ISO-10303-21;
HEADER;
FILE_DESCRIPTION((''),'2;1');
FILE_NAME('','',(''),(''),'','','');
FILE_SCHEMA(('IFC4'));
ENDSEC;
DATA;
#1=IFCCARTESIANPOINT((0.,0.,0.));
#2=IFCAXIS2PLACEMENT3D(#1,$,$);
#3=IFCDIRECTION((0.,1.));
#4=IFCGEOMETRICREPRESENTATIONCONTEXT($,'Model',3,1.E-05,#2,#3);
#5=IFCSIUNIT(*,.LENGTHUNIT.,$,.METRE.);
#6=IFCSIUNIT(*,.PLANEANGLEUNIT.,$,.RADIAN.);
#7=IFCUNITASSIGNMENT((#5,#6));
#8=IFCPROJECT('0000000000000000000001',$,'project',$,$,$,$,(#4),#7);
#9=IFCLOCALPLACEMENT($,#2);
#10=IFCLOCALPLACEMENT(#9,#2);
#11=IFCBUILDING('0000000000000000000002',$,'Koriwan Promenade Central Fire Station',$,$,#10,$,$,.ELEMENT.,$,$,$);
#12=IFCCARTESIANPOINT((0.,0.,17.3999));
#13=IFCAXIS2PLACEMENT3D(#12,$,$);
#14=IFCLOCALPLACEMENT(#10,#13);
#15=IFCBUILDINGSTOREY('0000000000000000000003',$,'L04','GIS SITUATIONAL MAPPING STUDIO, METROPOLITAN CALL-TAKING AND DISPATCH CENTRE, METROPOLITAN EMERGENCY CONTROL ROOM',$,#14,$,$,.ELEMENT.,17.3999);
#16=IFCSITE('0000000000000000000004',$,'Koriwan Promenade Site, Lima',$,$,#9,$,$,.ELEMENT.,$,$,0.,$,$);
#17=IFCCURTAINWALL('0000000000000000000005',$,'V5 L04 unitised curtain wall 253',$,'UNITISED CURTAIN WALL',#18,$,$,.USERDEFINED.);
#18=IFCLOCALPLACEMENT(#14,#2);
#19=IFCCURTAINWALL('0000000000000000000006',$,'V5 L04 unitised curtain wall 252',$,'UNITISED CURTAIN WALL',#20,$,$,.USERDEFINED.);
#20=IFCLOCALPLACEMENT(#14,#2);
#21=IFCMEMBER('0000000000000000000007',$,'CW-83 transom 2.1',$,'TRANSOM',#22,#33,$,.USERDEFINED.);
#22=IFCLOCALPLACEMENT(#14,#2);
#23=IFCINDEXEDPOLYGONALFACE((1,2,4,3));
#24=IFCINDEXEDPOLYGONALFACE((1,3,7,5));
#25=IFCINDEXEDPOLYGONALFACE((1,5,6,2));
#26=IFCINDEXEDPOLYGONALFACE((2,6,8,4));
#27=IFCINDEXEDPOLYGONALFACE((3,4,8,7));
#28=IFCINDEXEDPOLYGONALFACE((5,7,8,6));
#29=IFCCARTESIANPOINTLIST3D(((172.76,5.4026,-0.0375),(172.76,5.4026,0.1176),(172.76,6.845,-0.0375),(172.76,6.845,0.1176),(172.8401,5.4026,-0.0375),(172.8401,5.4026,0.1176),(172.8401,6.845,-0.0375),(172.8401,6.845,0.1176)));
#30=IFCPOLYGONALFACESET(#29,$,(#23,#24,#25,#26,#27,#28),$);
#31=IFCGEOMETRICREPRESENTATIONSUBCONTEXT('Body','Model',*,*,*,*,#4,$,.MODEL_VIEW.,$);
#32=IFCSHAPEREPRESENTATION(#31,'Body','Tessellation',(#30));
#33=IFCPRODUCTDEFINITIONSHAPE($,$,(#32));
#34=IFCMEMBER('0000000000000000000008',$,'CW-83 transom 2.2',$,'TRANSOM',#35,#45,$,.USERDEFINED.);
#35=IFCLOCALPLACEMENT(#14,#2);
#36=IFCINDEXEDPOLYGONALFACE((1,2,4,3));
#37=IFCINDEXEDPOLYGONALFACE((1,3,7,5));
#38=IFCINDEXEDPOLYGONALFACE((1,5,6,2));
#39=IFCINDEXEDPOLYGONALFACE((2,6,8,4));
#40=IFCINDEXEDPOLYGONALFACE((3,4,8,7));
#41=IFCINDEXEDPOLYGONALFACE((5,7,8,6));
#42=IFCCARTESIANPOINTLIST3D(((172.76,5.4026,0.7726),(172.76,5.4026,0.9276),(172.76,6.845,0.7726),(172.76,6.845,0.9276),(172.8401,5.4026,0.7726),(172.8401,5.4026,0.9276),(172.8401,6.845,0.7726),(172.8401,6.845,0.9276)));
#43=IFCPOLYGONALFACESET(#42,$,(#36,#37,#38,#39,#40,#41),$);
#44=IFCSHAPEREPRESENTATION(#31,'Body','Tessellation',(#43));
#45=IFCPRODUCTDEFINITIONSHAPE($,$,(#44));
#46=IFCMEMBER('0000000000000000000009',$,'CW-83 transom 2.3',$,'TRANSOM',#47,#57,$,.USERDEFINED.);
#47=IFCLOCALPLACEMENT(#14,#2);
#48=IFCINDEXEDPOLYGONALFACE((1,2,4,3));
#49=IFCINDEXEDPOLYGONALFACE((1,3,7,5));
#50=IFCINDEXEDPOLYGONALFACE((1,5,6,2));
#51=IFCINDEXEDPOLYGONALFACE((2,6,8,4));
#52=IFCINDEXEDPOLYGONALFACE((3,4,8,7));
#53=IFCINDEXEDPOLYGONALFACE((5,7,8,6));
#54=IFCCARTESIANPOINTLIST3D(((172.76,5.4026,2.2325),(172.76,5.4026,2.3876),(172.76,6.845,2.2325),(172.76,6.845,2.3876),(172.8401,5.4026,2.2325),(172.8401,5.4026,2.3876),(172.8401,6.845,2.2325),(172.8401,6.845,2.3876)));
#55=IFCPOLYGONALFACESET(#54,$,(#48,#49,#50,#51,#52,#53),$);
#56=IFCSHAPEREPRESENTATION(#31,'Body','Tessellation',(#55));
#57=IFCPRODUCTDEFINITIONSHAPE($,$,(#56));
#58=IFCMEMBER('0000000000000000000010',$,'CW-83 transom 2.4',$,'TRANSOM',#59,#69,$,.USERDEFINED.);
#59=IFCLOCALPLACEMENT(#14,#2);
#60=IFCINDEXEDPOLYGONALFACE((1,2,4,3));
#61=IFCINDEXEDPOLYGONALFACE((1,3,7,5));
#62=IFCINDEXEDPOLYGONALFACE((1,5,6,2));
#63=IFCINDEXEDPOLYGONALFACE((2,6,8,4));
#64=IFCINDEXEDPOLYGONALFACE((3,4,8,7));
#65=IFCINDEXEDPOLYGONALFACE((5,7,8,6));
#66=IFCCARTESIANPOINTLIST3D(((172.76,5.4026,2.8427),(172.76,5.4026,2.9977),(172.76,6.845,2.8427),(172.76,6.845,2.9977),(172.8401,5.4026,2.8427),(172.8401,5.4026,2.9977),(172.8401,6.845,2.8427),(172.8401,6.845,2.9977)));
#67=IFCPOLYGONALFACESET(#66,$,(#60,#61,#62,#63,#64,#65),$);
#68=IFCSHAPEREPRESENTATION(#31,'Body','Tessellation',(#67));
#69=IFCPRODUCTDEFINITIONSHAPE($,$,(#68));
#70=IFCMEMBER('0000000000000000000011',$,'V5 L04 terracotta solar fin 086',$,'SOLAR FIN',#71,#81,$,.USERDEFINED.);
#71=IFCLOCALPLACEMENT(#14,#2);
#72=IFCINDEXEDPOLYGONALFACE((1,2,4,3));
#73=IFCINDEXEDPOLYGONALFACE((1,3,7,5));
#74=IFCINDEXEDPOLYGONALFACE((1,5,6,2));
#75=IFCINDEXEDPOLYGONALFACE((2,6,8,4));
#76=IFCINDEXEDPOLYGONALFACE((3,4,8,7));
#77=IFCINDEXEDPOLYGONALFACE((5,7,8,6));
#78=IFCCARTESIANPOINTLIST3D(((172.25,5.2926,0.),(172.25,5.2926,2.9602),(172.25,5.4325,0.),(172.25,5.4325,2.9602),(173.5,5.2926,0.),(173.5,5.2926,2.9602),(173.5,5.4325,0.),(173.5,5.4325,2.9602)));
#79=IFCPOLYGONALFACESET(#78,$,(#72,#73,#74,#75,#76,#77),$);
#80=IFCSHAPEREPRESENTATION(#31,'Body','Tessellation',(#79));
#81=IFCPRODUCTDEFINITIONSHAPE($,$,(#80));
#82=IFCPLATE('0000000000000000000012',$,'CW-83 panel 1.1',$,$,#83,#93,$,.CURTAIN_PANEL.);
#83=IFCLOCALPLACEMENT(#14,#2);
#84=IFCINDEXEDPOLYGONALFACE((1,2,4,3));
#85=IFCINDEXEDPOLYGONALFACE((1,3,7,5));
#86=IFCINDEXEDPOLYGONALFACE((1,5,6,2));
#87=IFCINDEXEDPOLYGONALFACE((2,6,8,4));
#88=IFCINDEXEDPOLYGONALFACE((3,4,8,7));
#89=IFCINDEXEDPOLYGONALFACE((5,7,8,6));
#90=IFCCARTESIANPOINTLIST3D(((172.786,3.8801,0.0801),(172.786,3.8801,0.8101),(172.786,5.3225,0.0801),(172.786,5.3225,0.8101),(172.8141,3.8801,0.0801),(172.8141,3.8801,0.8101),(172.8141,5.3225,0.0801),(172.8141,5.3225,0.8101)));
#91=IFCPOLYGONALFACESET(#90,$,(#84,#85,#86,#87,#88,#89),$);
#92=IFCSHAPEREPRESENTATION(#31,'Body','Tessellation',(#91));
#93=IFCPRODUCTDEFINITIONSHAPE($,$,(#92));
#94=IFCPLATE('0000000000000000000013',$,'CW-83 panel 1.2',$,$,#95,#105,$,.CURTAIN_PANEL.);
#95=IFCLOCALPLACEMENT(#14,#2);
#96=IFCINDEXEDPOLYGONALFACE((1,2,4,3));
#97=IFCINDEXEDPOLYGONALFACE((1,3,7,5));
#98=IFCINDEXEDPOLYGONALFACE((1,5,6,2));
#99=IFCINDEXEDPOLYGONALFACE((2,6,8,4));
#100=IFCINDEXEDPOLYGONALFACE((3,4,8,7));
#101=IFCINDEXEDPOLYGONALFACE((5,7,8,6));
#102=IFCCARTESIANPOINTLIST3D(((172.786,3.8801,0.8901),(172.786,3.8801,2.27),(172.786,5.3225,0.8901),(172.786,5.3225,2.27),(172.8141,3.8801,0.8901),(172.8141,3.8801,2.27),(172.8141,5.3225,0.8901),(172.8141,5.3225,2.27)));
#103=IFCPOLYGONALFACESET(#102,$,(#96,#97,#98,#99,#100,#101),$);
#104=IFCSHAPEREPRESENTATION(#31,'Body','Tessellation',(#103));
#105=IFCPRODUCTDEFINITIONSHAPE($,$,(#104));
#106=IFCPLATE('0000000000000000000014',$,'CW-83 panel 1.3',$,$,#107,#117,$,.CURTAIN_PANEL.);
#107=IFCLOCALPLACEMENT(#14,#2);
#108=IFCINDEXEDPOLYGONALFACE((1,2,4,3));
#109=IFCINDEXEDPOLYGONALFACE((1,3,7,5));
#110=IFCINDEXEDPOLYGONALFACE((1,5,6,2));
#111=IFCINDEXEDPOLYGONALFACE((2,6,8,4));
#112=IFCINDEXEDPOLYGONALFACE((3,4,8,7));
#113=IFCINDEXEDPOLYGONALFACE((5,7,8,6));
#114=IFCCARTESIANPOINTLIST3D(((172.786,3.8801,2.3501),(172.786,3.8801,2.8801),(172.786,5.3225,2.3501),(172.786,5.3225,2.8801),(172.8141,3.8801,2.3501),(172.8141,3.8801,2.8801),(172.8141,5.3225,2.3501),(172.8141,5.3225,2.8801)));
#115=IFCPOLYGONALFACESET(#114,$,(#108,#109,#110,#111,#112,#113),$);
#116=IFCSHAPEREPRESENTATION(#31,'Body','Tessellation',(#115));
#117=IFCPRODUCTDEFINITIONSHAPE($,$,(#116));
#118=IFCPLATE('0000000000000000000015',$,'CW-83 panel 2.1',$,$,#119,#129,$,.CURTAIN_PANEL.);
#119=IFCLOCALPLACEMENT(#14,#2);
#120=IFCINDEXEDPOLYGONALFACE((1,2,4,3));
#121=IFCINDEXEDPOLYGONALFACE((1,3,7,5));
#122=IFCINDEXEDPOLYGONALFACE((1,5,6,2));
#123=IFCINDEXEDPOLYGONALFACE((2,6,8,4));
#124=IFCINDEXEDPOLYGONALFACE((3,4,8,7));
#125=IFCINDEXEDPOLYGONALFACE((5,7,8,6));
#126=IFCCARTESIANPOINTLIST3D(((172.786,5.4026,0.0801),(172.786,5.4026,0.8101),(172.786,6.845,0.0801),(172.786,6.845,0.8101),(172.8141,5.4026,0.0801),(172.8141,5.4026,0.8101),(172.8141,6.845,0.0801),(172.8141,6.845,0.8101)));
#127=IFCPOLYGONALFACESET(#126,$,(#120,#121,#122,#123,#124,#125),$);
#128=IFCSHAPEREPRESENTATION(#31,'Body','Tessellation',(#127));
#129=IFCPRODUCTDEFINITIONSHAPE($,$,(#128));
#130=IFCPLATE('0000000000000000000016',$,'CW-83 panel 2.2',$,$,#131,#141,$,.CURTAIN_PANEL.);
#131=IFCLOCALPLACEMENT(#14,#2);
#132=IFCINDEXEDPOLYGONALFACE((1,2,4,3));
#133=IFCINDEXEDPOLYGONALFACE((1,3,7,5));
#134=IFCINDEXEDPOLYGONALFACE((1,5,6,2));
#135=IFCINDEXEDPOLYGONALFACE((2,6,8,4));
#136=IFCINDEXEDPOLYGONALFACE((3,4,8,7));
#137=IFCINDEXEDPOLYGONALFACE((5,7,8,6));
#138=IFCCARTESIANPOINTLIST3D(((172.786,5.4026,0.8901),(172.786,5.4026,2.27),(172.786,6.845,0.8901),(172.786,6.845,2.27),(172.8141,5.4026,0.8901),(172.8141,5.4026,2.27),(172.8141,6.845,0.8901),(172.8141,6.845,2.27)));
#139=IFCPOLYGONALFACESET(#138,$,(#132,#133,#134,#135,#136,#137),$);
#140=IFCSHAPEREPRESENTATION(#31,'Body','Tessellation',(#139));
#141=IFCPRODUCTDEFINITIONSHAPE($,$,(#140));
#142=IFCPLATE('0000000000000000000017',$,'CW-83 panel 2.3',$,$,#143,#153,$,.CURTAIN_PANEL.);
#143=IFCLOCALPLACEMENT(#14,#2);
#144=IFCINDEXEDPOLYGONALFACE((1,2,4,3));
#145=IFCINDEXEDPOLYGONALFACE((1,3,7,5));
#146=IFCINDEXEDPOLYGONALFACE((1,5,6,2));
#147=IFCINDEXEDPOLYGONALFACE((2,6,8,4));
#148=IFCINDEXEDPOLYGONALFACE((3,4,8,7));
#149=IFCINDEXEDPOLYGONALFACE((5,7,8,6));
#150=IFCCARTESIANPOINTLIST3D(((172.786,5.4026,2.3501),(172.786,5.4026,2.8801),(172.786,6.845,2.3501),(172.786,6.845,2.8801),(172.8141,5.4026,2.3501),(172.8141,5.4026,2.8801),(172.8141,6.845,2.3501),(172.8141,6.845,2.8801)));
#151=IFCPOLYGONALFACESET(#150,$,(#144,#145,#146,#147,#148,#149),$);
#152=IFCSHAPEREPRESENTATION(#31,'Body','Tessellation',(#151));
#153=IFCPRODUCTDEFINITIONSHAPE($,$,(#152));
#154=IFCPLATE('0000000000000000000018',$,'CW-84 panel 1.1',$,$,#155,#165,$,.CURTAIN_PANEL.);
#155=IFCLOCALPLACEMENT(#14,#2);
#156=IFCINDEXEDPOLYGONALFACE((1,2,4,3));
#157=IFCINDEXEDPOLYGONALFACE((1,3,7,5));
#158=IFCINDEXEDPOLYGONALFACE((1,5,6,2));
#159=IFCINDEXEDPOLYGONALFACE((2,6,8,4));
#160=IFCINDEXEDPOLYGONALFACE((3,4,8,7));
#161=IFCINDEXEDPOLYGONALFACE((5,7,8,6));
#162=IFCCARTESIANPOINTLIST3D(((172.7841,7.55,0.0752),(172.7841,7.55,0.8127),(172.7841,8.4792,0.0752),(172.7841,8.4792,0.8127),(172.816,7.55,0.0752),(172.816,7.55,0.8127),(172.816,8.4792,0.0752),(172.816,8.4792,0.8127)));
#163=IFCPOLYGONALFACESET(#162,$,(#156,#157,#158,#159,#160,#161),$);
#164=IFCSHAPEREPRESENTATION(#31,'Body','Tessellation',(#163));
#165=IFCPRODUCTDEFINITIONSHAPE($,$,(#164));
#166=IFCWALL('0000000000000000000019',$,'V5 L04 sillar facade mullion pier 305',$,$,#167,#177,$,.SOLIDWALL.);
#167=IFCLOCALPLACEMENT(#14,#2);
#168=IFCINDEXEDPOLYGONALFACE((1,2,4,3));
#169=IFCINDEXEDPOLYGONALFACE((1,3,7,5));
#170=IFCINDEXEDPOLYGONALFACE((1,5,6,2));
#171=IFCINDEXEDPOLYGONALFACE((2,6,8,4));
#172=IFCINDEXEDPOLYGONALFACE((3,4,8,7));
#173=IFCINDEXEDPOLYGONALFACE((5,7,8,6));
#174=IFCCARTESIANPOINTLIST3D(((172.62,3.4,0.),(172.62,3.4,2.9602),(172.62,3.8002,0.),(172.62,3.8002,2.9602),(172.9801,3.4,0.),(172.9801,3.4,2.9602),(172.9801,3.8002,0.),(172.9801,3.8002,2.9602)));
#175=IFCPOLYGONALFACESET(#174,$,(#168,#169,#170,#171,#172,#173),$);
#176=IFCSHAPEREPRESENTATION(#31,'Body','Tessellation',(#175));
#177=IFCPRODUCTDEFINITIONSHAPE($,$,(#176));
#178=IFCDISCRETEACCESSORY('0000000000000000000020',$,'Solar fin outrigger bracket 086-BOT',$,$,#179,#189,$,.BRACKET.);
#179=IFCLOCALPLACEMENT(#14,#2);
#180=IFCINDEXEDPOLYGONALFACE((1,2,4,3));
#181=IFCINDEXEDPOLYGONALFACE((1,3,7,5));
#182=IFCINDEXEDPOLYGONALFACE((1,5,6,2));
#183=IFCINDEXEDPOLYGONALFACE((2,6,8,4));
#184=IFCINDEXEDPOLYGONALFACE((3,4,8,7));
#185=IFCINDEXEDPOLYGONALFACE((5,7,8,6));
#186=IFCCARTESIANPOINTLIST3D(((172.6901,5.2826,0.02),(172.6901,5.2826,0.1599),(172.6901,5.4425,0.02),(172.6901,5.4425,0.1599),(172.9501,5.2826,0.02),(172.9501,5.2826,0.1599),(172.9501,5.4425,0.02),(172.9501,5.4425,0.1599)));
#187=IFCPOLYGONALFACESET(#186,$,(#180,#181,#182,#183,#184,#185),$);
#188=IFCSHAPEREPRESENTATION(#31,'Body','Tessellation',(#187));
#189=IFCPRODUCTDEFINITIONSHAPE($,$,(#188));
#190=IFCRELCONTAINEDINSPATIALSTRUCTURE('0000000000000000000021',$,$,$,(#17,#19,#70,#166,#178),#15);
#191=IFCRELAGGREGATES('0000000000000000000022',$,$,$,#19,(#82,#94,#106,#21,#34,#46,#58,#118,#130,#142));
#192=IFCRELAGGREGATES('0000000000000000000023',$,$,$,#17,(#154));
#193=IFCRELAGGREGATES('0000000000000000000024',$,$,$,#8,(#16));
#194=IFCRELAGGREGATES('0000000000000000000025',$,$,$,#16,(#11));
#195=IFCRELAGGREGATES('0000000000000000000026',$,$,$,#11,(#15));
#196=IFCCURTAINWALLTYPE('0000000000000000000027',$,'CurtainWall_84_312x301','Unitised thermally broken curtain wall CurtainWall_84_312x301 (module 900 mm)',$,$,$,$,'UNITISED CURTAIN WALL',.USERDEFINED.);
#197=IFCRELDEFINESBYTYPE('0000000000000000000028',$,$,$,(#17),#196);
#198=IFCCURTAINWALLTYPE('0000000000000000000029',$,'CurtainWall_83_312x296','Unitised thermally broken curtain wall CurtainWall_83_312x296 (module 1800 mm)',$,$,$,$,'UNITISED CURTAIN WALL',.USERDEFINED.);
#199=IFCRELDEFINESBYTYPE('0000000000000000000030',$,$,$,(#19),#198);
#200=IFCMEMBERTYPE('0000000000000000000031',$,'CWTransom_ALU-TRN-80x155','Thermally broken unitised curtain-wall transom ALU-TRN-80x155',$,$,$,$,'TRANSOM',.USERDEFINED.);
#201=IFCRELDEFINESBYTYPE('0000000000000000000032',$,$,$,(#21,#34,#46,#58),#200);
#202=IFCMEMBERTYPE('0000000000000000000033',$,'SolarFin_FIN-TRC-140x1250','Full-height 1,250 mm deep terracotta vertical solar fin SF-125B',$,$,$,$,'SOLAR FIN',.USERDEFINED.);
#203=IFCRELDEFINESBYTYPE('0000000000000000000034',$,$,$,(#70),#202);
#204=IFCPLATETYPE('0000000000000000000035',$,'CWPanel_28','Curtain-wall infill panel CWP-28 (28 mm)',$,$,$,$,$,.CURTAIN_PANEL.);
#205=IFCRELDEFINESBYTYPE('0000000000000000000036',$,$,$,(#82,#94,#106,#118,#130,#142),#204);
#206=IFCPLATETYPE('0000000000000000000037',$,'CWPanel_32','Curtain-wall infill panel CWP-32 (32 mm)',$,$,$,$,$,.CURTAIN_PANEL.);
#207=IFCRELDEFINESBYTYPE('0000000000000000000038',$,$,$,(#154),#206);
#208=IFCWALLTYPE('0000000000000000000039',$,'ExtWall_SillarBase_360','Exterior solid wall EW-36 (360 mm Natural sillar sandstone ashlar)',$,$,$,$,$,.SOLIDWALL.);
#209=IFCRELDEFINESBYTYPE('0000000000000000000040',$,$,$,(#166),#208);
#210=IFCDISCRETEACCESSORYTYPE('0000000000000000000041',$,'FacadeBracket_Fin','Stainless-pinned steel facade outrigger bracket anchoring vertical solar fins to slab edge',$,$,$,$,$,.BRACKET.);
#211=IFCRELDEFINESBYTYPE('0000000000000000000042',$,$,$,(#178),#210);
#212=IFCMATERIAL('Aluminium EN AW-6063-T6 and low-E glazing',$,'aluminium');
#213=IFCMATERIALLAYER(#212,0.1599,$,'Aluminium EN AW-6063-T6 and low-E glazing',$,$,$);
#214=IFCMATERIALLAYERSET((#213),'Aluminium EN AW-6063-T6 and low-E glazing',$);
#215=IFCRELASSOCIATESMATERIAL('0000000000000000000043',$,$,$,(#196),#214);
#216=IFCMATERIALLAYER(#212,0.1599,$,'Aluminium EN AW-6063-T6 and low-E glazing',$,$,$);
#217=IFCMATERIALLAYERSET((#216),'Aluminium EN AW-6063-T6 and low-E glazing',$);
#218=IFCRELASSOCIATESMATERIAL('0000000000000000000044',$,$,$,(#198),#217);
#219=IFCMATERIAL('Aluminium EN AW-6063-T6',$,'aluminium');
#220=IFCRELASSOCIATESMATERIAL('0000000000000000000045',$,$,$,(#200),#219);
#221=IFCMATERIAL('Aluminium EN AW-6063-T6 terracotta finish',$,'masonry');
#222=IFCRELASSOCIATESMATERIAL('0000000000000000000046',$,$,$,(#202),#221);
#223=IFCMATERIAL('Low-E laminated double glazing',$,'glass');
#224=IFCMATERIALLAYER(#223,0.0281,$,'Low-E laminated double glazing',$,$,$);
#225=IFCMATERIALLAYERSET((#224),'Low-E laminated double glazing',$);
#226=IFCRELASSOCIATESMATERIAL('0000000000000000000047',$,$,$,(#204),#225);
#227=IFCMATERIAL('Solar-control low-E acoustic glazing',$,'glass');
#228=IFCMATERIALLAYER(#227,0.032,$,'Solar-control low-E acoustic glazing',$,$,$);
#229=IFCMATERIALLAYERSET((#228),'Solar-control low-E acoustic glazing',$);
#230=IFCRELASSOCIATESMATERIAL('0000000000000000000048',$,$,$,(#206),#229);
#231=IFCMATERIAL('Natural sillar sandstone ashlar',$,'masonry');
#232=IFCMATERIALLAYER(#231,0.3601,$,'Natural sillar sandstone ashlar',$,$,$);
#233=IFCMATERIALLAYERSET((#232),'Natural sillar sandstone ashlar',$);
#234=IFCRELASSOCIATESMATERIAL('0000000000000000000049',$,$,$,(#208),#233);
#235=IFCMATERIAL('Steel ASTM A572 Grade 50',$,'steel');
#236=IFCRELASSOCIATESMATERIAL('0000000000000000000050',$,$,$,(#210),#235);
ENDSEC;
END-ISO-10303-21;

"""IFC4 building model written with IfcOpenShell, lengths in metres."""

from ifc_helpers import new_model, si_unit, direction, frame, frame_2d, origin, origin_2d, place, context, subcontext, project, spatial, rectangle, extrude, material, layer, layer_set, material_profile, profile_set, type_object, element, aggregate, save


model = new_model("IFC4")

# Units and contexts
model_context = context("Model", 3, precision=1e-05, world=origin(), true_north=direction((0.0, 1.0)))
body_context = subcontext(model_context, "Body", "Model", "MODEL_VIEW")
ifc_project = project(units=[si_unit("LENGTHUNIT", "METRE"), si_unit("PLANEANGLEUNIT", "RADIAN")], contexts=[model_context])

# Site, building, storey
site_placement = place(None, origin())
site = spatial("IfcSite", under=ifc_project, at=site_placement, Name="Koriwan Promenade Site, Lima", CompositionType="ELEMENT", RefElevation=0.0)
building_placement = place(site_placement, origin())
building = spatial("IfcBuilding", under=site, at=building_placement, Name="Koriwan Promenade Central Fire Station", CompositionType="ELEMENT")
storey_placement = place(building_placement, frame((0.0, 0.0, 17.3999)))
storey = spatial("IfcBuildingStorey", under=building, at=storey_placement, Name="L04", Description="GIS SITUATIONAL MAPPING STUDIO, METROPOLITAN CALL-TAKING AND DISPATCH CENTRE, METROPOLITAN EMERGENCY CONTROL ROOM", CompositionType="ELEMENT", Elevation=17.3999)

# Curtain wall
ifc_material_1 = material(Name="Aluminium EN AW-6063-T6 and low-E glazing", Category="aluminium")
ifc_layer_1 = layer(ifc_material_1, 0.1599, Name="Aluminium EN AW-6063-T6 and low-E glazing")
ifc_layer_set_1 = layer_set([ifc_layer_1], Name="Aluminium EN AW-6063-T6 and low-E glazing")
curtain_wall_type_1 = type_object("IfcCurtainWallType", Name="CurtainWall_84_312x301", Description="Unitised thermally broken curtain wall CurtainWall_84_312x301 (module 900 mm)", ElementType="UNITISED CURTAIN WALL", PredefinedType="USERDEFINED", material=ifc_layer_set_1)
curtain_wall_1_placement = place(storey_placement, origin())
curtain_wall_1 = element("IfcCurtainWall", 1, at=curtain_wall_1_placement, inside=storey, type_object=curtain_wall_type_1, Name="V5 L04 unitised curtain wall 253", ObjectType="UNITISED CURTAIN WALL", PredefinedType="USERDEFINED")
ifc_material_2 = material(Name="Aluminium EN AW-6063-T6", Category="aluminium")

# Curtain wall
ifc_layer_2 = layer(ifc_material_1, 0.1599, Name="Aluminium EN AW-6063-T6 and low-E glazing")
ifc_layer_set_2 = layer_set([ifc_layer_2], Name="Aluminium EN AW-6063-T6 and low-E glazing")
curtain_wall_type_2 = type_object("IfcCurtainWallType", Name="CurtainWall_83_312x296", Description="Unitised thermally broken curtain wall CurtainWall_83_312x296 (module 1800 mm)", ElementType="UNITISED CURTAIN WALL", PredefinedType="USERDEFINED", material=ifc_layer_set_2)
curtain_wall_2_placement = place(storey_placement, origin())
curtain_wall_2 = element("IfcCurtainWall", 2, at=curtain_wall_2_placement, inside=storey, type_object=curtain_wall_type_2, Name="V5 L04 unitised curtain wall 252", ObjectType="UNITISED CURTAIN WALL", PredefinedType="USERDEFINED")

# Members
ifc_material_profile_1 = material_profile(ifc_material_2, rectangle(XDim=0.0801, YDim=0.155, at=origin_2d()), Name="ALU-TRN-80x155")
ifc_profile_set_1 = profile_set([ifc_material_profile_1], Name="Aluminium EN AW-6063-T6")
member_type_1 = type_object("IfcMemberType", Name="CWTransom_ALU-TRN-80x155", Description="Thermally broken unitised curtain-wall transom ALU-TRN-80x155", ElementType="TRANSOM", PredefinedType="USERDEFINED", material=ifc_profile_set_1)
member_1_placement = place(storey_placement, frame((172.8, 5.4026, 0.04), z_axis=(0.0, 1.0, 0.0), x_axis=(-1.0, 0.0, 0.0)))
member_1 = element("IfcMember", 3, at=member_1_placement, type_object=member_type_1, Name="CW-83 transom 2.1", ObjectType="TRANSOM", PredefinedType="USERDEFINED", context=body_context, shape_type="SweptSolid", body=[
    extrude(rectangle(XDim=0.0801, YDim=0.155, at=origin_2d()), origin(), (0.0, 0.0, 1.0), 1.4424),
])
member_2_placement = place(storey_placement, frame((172.8, 5.4026, 0.8501), z_axis=(0.0, 1.0, 0.0), x_axis=(-1.0, 0.0, 0.0)))
member_2 = element("IfcMember", 4, at=member_2_placement, type_object=member_type_1, Name="CW-83 transom 2.2", ObjectType="TRANSOM", PredefinedType="USERDEFINED", context=body_context, shape_type="SweptSolid", body=[
    extrude(rectangle(XDim=0.0801, YDim=0.155, at=origin_2d()), origin(), (0.0, 0.0, 1.0), 1.4424),
])
member_3_placement = place(storey_placement, frame((172.8, 5.4026, 2.3101), z_axis=(0.0, 1.0, 0.0), x_axis=(-1.0, 0.0, 0.0)))
member_3 = element("IfcMember", 5, at=member_3_placement, type_object=member_type_1, Name="CW-83 transom 2.3", ObjectType="TRANSOM", PredefinedType="USERDEFINED", context=body_context, shape_type="SweptSolid", body=[
    extrude(rectangle(XDim=0.0801, YDim=0.155, at=origin_2d()), origin(), (0.0, 0.0, 1.0), 1.4424),
])
member_4_placement = place(storey_placement, frame((172.8, 5.4026, 2.9202), z_axis=(0.0, 1.0, 0.0), x_axis=(-1.0, 0.0, 0.0)))
member_4 = element("IfcMember", 6, at=member_4_placement, type_object=member_type_1, Name="CW-83 transom 2.4", ObjectType="TRANSOM", PredefinedType="USERDEFINED", context=body_context, shape_type="SweptSolid", body=[
    extrude(rectangle(XDim=0.0801, YDim=0.155, at=origin_2d()), origin(), (0.0, 0.0, 1.0), 1.4424),
])
ifc_material_3 = material(Name="Aluminium EN AW-6063-T6 terracotta finish", Category="masonry")
ifc_material_profile_2 = material_profile(ifc_material_3, rectangle(XDim=0.1399, YDim=1.25, at=origin_2d()), Name="FIN-TRC-140x1250")
ifc_profile_set_2 = profile_set([ifc_material_profile_2], Name="Aluminium EN AW-6063-T6 terracotta finish")
member_type_2 = type_object("IfcMemberType", Name="SolarFin_FIN-TRC-140x1250", Description="Full-height 1,250 mm deep terracotta vertical solar fin SF-125B", ElementType="SOLAR FIN", PredefinedType="USERDEFINED", material=ifc_profile_set_2)
member_5_placement = place(storey_placement, frame((172.875, 5.3625, 0.0), z_axis=(0.0, 0.0, 1.0), x_axis=(0.0, -1.0, 0.0)))
element("IfcMember", 7, at=member_5_placement, inside=storey, type_object=member_type_2, Name="V5 L04 terracotta solar fin 086", ObjectType="SOLAR FIN", PredefinedType="USERDEFINED", context=body_context, shape_type="SweptSolid", body=[
    extrude(rectangle(XDim=0.1399, YDim=1.25, at=origin_2d()), origin(), (0.0, 0.0, 1.0), 2.9602),
])

# Plates
ifc_material_4 = material(Name="Low-E laminated double glazing", Category="glass")
ifc_layer_3 = layer(ifc_material_4, 0.0281, Name="Low-E laminated double glazing")
ifc_layer_set_3 = layer_set([ifc_layer_3], Name="Low-E laminated double glazing")
plate_type_1 = type_object("IfcPlateType", Name="CWPanel_28", Description="Curtain-wall infill panel CWP-28 (28 mm)", PredefinedType="CURTAIN_PANEL", material=ifc_layer_set_3)
plate_1_placement = place(storey_placement, frame((172.8, 4.6013, 0.0801), z_axis=(0.0, 0.0, 1.0), x_axis=(0.0, 1.0, 0.0)))
plate_1 = element("IfcPlate", 8, at=plate_1_placement, type_object=plate_type_1, Name="CW-83 panel 1.1", PredefinedType="CURTAIN_PANEL", context=body_context, shape_type="SweptSolid", body=[
    extrude(rectangle(XDim=1.4424, YDim=0.0281, at=origin_2d()), origin(), (0.0, 0.0, 1.0), 0.73),
])
plate_2_placement = place(storey_placement, frame((172.8, 4.6013, 0.8901), z_axis=(0.0, 0.0, 1.0), x_axis=(0.0, 1.0, 0.0)))
plate_2 = element("IfcPlate", 9, at=plate_2_placement, type_object=plate_type_1, Name="CW-83 panel 1.2", PredefinedType="CURTAIN_PANEL", context=body_context, shape_type="SweptSolid", body=[
    extrude(rectangle(XDim=1.4424, YDim=0.0281, at=origin_2d()), origin(), (0.0, 0.0, 1.0), 1.3799),
])
plate_3_placement = place(storey_placement, frame((172.8, 4.6013, 2.3501), z_axis=(0.0, 0.0, 1.0), x_axis=(0.0, 1.0, 0.0)))
plate_3 = element("IfcPlate", 10, at=plate_3_placement, type_object=plate_type_1, Name="CW-83 panel 1.3", PredefinedType="CURTAIN_PANEL", context=body_context, shape_type="SweptSolid", body=[
    extrude(rectangle(XDim=1.4424, YDim=0.0281, at=origin_2d()), origin(), (0.0, 0.0, 1.0), 0.53),
])
plate_4_placement = place(storey_placement, frame((172.8, 6.1238, 0.0801), z_axis=(0.0, 0.0, 1.0), x_axis=(0.0, 1.0, 0.0)))
plate_4 = element("IfcPlate", 11, at=plate_4_placement, type_object=plate_type_1, Name="CW-83 panel 2.1", PredefinedType="CURTAIN_PANEL", context=body_context, shape_type="SweptSolid", body=[
    extrude(rectangle(XDim=1.4424, YDim=0.0281, at=origin_2d()), origin(), (0.0, 0.0, 1.0), 0.73),
])
plate_5_placement = place(storey_placement, frame((172.8, 6.1238, 0.8901), z_axis=(0.0, 0.0, 1.0), x_axis=(0.0, 1.0, 0.0)))
plate_5 = element("IfcPlate", 12, at=plate_5_placement, type_object=plate_type_1, Name="CW-83 panel 2.2", PredefinedType="CURTAIN_PANEL", context=body_context, shape_type="SweptSolid", body=[
    extrude(rectangle(XDim=1.4424, YDim=0.0281, at=origin_2d()), origin(), (0.0, 0.0, 1.0), 1.3799),
])
plate_6_placement = place(storey_placement, frame((172.8, 6.1238, 2.3501), z_axis=(0.0, 0.0, 1.0), x_axis=(0.0, 1.0, 0.0)))
plate_6 = element("IfcPlate", 13, at=plate_6_placement, type_object=plate_type_1, Name="CW-83 panel 2.3", PredefinedType="CURTAIN_PANEL", context=body_context, shape_type="SweptSolid", body=[
    extrude(rectangle(XDim=1.4424, YDim=0.0281, at=origin_2d()), origin(), (0.0, 0.0, 1.0), 0.53),
])
aggregate(curtain_wall_2, [plate_1, plate_2, plate_3, member_1, member_2, member_3, member_4, plate_4, plate_5, plate_6])
ifc_material_5 = material(Name="Solar-control low-E acoustic glazing", Category="glass")
ifc_layer_4 = layer(ifc_material_5, 0.032, Name="Solar-control low-E acoustic glazing")
ifc_layer_set_4 = layer_set([ifc_layer_4], Name="Solar-control low-E acoustic glazing")
plate_type_2 = type_object("IfcPlateType", Name="CWPanel_32", Description="Curtain-wall infill panel CWP-32 (32 mm)", PredefinedType="CURTAIN_PANEL", material=ifc_layer_set_4)
plate_7_placement = place(storey_placement, frame((172.8, 8.0146, 0.0752), z_axis=(0.0, 0.0, 1.0), x_axis=(0.0, 1.0, 0.0)))
plate_7 = element("IfcPlate", 14, at=plate_7_placement, type_object=plate_type_2, Name="CW-84 panel 1.1", PredefinedType="CURTAIN_PANEL", context=body_context, shape_type="SweptSolid", body=[
    extrude(rectangle(XDim=0.9292, YDim=0.032, at=origin_2d()), origin(), (0.0, 0.0, 1.0), 0.7375),
])
aggregate(curtain_wall_1, [plate_7])

# Wall
ifc_material_6 = material(Name="Natural sillar sandstone ashlar", Category="masonry")
ifc_layer_5 = layer(ifc_material_6, 0.3601, Name="Natural sillar sandstone ashlar")
ifc_layer_set_5 = layer_set([ifc_layer_5], Name="Natural sillar sandstone ashlar")
wall_type = type_object("IfcWallType", Name="ExtWall_SillarBase_360", Description="Exterior solid wall EW-36 (360 mm Natural sillar sandstone ashlar)", PredefinedType="SOLIDWALL", material=ifc_layer_set_5)
wall_placement = place(storey_placement, frame((172.8, 3.3999, 0.0), z_axis=(0.0, 0.0, 1.0), x_axis=(0.0, 1.0, 0.0)))
element("IfcWall", 15, at=wall_placement, inside=storey, type_object=wall_type, Name="V5 L04 sillar facade mullion pier 305", PredefinedType="SOLIDWALL", context=body_context, shape_type="SweptSolid", body=[
    extrude(rectangle(XDim=0.4001, YDim=0.3601, at=frame_2d((0.2002, 0.0))), origin(), (0.0, 0.0, 1.0), 2.9602),
])

# Discrete accessory
ifc_material_7 = material(Name="Steel ASTM A572 Grade 50", Category="steel")
discrete_accessory_type = type_object("IfcDiscreteAccessoryType", Name="FacadeBracket_Fin", Description="Stainless-pinned steel facade outrigger bracket anchoring vertical solar fins to slab edge", PredefinedType="BRACKET", material=ifc_material_7)
for number, where, z_axis, x_axis, name in (
    (16, (172.8201, 5.3625, 0.02), (0.0, 0.0, 1.0), (1.0, 0.0, 0.0), "Solar fin outrigger bracket 086-BOT"),
):
    element("IfcDiscreteAccessory", number, at=place(storey_placement, frame(where, z_axis=z_axis, x_axis=x_axis)), inside=storey, type_object=discrete_accessory_type, Name=name, PredefinedType="BRACKET", context=body_context, shape_type="SweptSolid", body=[
        extrude(rectangle(XDim=0.26, YDim=0.1599, at=origin_2d()), origin(), (0.0, 0.0, 1.0), 0.1399),
    ])

save(model, "model.ifc")
